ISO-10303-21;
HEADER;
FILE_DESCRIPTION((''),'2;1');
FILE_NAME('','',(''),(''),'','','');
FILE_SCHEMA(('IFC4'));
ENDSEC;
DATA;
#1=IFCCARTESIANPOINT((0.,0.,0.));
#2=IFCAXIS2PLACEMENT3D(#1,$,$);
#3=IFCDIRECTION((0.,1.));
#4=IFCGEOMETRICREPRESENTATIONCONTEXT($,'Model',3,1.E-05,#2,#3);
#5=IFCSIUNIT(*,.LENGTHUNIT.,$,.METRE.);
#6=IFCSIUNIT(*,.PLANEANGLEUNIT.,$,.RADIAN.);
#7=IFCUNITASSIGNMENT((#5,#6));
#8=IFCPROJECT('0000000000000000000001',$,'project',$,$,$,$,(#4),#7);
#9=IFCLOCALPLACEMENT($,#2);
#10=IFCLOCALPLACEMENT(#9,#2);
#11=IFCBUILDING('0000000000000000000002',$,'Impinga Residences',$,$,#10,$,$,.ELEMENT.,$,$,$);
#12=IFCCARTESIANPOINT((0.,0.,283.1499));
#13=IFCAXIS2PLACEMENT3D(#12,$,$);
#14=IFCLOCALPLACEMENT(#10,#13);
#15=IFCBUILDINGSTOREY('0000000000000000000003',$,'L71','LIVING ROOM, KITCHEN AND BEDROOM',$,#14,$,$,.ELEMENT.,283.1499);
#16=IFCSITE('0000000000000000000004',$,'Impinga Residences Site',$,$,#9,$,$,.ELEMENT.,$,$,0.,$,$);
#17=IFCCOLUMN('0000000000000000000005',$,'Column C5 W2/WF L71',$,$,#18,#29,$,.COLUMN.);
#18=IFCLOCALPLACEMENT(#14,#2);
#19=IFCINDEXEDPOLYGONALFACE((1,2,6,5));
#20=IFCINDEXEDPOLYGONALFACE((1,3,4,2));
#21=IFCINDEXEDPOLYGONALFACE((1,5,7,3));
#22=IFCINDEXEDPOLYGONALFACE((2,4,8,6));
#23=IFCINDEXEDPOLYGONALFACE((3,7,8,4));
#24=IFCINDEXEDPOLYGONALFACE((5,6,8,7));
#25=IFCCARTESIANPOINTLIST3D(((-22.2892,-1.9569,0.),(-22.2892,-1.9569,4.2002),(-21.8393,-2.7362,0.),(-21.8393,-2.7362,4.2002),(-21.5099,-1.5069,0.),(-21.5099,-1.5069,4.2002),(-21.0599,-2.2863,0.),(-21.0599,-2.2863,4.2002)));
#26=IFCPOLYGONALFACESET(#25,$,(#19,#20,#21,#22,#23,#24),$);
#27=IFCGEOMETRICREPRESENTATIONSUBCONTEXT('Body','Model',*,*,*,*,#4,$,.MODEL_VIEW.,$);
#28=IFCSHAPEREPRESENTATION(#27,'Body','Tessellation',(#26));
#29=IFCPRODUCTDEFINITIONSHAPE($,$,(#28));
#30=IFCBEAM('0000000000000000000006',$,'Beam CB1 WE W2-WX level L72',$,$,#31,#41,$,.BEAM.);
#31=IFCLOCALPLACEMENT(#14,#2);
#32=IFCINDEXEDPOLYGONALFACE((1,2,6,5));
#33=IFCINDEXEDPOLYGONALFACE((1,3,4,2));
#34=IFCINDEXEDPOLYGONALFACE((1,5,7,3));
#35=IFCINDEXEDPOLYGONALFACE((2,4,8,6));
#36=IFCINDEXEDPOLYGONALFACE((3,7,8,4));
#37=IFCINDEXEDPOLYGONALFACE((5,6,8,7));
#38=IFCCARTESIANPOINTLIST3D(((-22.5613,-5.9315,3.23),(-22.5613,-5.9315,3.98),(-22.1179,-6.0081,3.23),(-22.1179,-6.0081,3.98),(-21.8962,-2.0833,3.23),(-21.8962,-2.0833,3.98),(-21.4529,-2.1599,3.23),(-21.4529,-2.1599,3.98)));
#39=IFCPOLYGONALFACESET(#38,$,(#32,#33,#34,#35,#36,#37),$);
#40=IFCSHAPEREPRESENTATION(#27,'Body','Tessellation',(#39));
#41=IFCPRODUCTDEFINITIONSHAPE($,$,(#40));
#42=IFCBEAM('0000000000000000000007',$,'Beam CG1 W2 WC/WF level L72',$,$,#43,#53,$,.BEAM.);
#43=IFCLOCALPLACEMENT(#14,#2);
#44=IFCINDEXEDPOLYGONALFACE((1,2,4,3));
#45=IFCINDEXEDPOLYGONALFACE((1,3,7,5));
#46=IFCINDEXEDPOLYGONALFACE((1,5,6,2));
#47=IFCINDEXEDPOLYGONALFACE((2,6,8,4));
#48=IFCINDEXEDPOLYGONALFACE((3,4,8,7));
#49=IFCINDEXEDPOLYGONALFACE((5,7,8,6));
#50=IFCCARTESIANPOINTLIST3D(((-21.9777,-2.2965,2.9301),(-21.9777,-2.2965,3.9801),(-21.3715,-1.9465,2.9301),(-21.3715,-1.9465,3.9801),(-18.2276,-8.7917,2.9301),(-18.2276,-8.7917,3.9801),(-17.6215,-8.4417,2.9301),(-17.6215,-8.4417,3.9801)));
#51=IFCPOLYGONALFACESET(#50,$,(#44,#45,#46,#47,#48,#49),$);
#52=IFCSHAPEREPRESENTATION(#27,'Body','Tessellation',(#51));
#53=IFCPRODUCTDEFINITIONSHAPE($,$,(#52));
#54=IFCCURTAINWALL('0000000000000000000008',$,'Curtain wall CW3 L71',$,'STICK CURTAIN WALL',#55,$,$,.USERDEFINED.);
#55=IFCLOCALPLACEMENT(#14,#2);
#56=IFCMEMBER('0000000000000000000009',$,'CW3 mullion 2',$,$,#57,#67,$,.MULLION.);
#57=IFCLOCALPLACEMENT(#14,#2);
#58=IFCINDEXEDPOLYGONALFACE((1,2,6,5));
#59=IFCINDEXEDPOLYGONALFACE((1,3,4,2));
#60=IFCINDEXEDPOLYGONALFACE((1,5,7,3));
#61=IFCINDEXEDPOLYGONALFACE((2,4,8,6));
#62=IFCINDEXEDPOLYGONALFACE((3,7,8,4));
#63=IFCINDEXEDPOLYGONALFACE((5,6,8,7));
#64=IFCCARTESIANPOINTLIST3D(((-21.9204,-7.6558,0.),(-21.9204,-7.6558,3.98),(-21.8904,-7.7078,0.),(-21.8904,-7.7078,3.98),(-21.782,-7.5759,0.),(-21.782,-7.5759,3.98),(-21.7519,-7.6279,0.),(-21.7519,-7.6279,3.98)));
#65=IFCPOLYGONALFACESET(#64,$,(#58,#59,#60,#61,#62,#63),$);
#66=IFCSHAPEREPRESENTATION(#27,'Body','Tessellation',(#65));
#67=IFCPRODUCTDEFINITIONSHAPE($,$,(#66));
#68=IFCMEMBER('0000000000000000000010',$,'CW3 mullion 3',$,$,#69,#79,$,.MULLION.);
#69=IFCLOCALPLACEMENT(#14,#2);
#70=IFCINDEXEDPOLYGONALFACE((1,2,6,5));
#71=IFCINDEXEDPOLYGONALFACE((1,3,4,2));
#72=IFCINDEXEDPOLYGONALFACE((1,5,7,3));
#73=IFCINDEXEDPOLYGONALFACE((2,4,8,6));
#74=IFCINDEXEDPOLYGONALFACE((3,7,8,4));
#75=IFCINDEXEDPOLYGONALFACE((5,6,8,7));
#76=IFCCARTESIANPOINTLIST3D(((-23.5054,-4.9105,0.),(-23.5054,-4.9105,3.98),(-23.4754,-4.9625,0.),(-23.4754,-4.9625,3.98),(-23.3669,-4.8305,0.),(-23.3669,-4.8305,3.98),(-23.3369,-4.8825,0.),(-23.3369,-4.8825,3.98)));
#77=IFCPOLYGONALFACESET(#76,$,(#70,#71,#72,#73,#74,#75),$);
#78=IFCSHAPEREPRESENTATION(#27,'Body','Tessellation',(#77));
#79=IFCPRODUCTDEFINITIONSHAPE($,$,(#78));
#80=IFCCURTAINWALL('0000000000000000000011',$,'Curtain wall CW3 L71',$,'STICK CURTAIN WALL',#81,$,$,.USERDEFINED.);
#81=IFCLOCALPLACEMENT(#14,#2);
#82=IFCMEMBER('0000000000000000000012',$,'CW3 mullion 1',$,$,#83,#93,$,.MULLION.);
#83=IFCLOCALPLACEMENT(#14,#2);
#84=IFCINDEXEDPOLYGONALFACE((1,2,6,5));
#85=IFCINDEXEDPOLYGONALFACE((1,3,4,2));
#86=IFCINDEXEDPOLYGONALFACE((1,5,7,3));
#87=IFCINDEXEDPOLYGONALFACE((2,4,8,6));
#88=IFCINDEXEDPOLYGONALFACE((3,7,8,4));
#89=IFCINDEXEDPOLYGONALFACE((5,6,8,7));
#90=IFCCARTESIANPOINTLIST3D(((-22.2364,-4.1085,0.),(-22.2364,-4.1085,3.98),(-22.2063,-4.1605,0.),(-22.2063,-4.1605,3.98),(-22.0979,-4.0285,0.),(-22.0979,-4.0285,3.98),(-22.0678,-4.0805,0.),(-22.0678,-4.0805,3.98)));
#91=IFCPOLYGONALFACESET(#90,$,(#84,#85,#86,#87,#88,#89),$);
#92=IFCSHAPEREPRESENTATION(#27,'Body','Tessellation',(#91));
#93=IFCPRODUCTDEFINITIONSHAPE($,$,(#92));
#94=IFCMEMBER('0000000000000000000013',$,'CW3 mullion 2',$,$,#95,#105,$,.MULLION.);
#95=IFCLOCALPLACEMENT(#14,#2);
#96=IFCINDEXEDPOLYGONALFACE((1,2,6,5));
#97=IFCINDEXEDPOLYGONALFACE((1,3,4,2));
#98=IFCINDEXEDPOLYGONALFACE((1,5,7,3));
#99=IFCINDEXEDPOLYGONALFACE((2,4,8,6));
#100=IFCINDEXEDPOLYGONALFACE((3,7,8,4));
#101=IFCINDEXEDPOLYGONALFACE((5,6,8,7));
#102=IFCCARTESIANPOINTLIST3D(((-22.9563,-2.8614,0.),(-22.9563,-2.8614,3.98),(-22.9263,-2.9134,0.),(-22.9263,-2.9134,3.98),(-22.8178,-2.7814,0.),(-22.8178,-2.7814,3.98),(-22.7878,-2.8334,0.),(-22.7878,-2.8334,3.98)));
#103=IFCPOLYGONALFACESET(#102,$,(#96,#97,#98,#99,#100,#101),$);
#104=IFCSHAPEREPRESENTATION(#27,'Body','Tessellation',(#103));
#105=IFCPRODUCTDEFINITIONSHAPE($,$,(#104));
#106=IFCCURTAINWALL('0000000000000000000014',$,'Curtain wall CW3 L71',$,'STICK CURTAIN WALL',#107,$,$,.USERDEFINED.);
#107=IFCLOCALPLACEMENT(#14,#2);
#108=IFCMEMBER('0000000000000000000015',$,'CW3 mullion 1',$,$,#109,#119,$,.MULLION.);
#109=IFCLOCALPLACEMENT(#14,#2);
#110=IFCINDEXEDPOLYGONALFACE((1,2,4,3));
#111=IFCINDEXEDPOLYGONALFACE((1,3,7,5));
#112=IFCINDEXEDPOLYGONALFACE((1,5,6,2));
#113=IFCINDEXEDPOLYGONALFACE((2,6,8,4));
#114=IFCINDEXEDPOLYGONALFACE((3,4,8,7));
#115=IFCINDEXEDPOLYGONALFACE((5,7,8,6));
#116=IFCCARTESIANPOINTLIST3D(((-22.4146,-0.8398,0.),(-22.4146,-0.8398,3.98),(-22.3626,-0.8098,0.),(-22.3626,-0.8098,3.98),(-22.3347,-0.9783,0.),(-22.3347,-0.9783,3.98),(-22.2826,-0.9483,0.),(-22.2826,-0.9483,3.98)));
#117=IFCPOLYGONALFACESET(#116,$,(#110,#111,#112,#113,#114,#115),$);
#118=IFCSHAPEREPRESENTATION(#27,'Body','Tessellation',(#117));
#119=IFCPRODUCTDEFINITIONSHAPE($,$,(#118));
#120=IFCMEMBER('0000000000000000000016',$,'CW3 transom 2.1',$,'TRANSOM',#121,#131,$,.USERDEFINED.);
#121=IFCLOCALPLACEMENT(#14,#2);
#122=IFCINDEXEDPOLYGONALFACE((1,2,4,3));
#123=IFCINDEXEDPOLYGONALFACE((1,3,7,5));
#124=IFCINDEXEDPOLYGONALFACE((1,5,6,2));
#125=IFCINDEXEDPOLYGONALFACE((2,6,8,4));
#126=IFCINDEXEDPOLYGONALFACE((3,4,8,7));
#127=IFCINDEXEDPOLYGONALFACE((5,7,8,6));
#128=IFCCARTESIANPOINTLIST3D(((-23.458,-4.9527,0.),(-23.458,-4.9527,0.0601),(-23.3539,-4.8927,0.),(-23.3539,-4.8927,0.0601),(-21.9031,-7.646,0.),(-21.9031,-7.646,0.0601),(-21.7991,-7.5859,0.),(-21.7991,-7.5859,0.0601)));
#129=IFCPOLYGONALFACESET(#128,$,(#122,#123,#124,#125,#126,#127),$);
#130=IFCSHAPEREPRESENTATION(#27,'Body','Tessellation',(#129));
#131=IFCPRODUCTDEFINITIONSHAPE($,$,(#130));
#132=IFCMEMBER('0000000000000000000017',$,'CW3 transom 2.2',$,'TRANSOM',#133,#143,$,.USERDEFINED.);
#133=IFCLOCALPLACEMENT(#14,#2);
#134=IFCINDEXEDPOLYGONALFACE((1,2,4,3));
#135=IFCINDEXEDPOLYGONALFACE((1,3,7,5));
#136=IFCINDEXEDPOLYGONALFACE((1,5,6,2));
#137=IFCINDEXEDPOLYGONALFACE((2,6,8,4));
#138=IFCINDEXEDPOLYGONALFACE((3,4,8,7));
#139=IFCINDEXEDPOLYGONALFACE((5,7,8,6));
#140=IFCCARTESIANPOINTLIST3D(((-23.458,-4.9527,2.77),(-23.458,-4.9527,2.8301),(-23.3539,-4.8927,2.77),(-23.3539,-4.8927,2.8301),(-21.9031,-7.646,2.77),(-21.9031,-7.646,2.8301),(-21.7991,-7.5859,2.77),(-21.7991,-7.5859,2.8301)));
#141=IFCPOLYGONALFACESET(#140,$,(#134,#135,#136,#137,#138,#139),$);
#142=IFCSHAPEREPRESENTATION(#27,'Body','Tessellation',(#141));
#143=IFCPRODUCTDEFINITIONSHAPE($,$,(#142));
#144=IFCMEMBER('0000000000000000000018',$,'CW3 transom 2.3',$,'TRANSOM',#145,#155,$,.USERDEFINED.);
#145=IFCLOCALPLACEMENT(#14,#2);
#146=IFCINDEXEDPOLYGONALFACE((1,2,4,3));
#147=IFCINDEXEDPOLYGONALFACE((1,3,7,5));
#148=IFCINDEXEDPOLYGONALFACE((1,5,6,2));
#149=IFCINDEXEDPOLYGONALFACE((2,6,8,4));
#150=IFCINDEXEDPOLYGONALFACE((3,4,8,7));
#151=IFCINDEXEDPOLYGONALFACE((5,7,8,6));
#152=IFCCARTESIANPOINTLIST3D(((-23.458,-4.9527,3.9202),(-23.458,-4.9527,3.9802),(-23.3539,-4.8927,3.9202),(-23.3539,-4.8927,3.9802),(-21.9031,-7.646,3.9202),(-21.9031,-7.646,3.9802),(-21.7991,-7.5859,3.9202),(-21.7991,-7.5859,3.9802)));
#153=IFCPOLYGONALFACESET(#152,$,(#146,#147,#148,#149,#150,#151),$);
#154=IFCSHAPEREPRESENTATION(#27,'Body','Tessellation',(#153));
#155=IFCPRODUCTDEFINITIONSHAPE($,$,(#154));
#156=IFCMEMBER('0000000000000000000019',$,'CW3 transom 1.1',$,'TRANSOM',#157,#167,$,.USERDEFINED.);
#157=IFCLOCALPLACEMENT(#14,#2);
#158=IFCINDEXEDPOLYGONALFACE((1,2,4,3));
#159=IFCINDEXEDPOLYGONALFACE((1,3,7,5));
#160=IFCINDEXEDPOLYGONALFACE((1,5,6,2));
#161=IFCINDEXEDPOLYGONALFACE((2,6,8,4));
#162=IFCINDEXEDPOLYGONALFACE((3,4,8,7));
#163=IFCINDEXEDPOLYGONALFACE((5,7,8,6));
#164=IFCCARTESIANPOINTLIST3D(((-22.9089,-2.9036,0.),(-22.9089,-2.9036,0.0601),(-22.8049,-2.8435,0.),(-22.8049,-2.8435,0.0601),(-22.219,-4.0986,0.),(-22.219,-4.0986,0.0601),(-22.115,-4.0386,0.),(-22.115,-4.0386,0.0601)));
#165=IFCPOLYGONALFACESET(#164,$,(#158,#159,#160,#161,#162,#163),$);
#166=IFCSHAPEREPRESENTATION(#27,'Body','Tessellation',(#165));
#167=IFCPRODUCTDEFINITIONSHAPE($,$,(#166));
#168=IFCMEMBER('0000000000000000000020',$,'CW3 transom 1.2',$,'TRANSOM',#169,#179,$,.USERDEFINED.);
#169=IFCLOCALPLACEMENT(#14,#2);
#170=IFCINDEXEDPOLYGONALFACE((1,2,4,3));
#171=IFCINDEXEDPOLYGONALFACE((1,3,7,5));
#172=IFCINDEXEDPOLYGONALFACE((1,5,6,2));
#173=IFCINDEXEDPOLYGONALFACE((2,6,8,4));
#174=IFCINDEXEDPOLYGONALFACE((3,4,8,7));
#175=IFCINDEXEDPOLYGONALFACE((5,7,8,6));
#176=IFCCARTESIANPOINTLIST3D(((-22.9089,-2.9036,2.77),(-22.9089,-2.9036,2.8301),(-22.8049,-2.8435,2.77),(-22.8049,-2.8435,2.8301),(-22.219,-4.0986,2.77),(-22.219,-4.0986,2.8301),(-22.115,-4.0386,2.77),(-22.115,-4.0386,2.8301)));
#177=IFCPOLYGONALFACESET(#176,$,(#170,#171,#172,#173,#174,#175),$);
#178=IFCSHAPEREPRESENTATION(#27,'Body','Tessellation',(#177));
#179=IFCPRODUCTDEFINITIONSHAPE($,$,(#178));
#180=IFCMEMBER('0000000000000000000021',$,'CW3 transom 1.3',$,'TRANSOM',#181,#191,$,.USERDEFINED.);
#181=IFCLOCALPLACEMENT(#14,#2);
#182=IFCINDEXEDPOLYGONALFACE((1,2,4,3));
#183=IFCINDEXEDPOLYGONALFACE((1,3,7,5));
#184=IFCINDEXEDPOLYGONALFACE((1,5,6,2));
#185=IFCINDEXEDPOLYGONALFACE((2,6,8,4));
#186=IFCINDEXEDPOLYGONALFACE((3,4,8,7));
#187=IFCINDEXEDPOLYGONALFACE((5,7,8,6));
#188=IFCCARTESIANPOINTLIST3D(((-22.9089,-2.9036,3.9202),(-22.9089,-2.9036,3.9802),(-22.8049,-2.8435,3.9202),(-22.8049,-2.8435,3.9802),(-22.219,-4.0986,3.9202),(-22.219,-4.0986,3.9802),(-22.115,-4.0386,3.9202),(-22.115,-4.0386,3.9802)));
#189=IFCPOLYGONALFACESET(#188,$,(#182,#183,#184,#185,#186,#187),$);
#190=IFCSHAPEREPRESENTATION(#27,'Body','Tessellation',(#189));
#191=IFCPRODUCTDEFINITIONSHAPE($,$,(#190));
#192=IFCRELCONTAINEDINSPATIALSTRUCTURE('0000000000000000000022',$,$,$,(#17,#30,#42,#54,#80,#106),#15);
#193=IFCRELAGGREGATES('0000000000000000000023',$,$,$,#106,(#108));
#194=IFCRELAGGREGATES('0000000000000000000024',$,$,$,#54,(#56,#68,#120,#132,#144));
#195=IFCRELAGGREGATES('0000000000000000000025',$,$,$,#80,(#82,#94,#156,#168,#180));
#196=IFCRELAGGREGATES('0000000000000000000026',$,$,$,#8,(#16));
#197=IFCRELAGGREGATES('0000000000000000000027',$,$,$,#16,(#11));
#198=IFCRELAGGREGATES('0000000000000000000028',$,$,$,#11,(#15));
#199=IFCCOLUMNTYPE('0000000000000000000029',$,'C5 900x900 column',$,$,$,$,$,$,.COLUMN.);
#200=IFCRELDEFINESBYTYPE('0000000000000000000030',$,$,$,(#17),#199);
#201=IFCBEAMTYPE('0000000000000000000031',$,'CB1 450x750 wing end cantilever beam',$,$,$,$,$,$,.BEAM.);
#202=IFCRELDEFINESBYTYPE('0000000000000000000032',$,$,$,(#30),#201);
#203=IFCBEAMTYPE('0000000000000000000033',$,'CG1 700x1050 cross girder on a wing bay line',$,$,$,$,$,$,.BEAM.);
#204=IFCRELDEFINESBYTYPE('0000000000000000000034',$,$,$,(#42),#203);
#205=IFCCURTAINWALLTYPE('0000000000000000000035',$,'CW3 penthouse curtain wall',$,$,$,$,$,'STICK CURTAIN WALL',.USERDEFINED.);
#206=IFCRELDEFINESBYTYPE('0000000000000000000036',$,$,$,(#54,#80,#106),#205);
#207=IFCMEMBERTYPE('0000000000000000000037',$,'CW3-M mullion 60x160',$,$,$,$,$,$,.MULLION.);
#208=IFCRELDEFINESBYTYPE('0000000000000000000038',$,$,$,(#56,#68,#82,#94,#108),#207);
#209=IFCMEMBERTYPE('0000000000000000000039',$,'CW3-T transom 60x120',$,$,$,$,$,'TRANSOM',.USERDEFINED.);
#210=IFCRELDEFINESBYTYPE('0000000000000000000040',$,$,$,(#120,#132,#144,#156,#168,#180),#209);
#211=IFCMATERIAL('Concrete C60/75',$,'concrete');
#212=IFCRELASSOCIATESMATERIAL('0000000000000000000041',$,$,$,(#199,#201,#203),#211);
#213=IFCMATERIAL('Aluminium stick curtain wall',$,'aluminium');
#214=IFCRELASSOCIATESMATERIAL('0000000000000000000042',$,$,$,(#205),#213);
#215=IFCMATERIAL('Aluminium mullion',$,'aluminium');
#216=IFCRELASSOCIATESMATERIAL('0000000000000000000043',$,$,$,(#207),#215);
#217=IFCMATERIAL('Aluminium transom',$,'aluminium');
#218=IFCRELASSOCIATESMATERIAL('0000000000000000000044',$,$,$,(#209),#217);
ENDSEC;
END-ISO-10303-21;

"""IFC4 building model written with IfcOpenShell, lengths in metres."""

from ifc_helpers import new_model, si_unit, direction, frame, origin, origin_2d, place, context, subcontext, project, spatial, rectangle, extrude, material, material_profile, profile_set, type_object, element, aggregate, save


model = new_model("IFC4")

# Units and contexts
model_context = context("Model", 3, precision=1e-05, world=origin(), true_north=direction((0.0, 1.0)))
body_context = subcontext(model_context, "Body", "Model", "MODEL_VIEW")
ifc_project = project(units=[si_unit("LENGTHUNIT", "METRE"), si_unit("PLANEANGLEUNIT", "RADIAN")], contexts=[model_context])

# Site, building, storey
site_placement = place(None, origin())
site = spatial("IfcSite", under=ifc_project, at=site_placement, Name="Impinga Residences Site", CompositionType="ELEMENT", RefElevation=0.0)
building_placement = place(site_placement, origin())
building = spatial("IfcBuilding", under=site, at=building_placement, Name="Impinga Residences", CompositionType="ELEMENT")
storey_placement = place(building_placement, frame((0.0, 0.0, 283.1499)))
storey = spatial("IfcBuildingStorey", under=building, at=storey_placement, Name="L71", Description="LIVING ROOM, KITCHEN AND BEDROOM", CompositionType="ELEMENT", Elevation=283.1499)

# Column
ifc_material_1 = material(Name="Concrete C60/75", Category="concrete")
ifc_material_profile_1 = material_profile(ifc_material_1, rectangle(XDim=0.8999, YDim=0.8999, at=origin_2d()), Name="RC 900x900")
ifc_profile_set_1 = profile_set([ifc_material_profile_1], Name="Concrete C60/75")
column_type = type_object("IfcColumnType", Name="C5 900x900 column", PredefinedType="COLUMN", material=ifc_profile_set_1)
column_placement = place(storey_placement, frame((-21.6746, -2.1216, 0.0), z_axis=(0.0, 0.0, 1.0), x_axis=(-0.5, 0.866025, 0.0)))
element("IfcColumn", 1, at=column_placement, inside=storey, type_object=column_type, Name="Column C5 W2/WF L71", PredefinedType="COLUMN", context=body_context, shape_type="SweptSolid", body=[
    extrude(rectangle(XDim=0.8999, YDim=0.8999, at=origin_2d()), origin(), (0.0, 0.0, 1.0), 4.2002),
])

# Beams
ifc_material_profile_2 = material_profile(ifc_material_1, rectangle(XDim=0.45, YDim=0.75, at=origin_2d()), Name="RC 450x750")
ifc_profile_set_2 = profile_set([ifc_material_profile_2], Name="Concrete C60/75")
beam_type_1 = type_object("IfcBeamType", Name="CB1 450x750 wing end cantilever beam", PredefinedType="BEAM", material=ifc_profile_set_2)
beam_1_placement = place(storey_placement, frame((-21.6746, -2.1216, 3.605), z_axis=(-0.170296, -0.985393, 0.0), x_axis=(0.985393, -0.170296, 0.0)))
element("IfcBeam", 2, at=beam_1_placement, inside=storey, type_object=beam_type_1, Name="Beam CB1 WE W2-WX level L72", PredefinedType="BEAM", context=body_context, shape_type="SweptSolid", body=[
    extrude(rectangle(XDim=0.45, YDim=0.75, at=origin_2d()), origin(), (0.0, 0.0, 1.0), 3.9053),
])
ifc_material_profile_3 = material_profile(ifc_material_1, rectangle(XDim=0.7, YDim=1.05, at=origin_2d()), Name="RC 700x1050")
ifc_profile_set_3 = profile_set([ifc_material_profile_3], Name="Concrete C60/75")
beam_type_2 = type_object("IfcBeamType", Name="CG1 700x1050 cross girder on a wing bay line", PredefinedType="BEAM", material=ifc_profile_set_3)
beam_2_placement = place(storey_placement, frame((-17.9246, -8.6167, 3.4551), z_axis=(-0.500004, 0.866023, 0.0), x_axis=(-0.866023, -0.500004, 0.0)))
element("IfcBeam", 3, at=beam_2_placement, inside=storey, type_object=beam_type_2, Name="Beam CG1 W2 WC/WF level L72", PredefinedType="BEAM", context=body_context, shape_type="SweptSolid", body=[
    extrude(rectangle(XDim=0.7, YDim=1.05, at=origin_2d()), origin(), (0.0, 0.0, 1.0), 7.5),
])

# Curtain walls, members
ifc_material_2 = material(Name="Aluminium stick curtain wall", Category="aluminium")
curtain_wall_type = type_object("IfcCurtainWallType", Name="CW3 penthouse curtain wall", ElementType="STICK CURTAIN WALL", PredefinedType="USERDEFINED", material=ifc_material_2)
curtain_wall_1_placement = place(storey_placement, origin())
curtain_wall_1 = element("IfcCurtainWall", 4, at=curtain_wall_1_placement, inside=storey, type_object=curtain_wall_type, Name="Curtain wall CW3 L71", ObjectType="STICK CURTAIN WALL", PredefinedType="USERDEFINED")
ifc_material_3 = material(Name="Aluminium mullion", Category="aluminium")
ifc_material_profile_4 = material_profile(ifc_material_3, rectangle(XDim=0.0601, YDim=0.1599, at=origin_2d()), Name="60x160 mullion")
ifc_profile_set_4 = profile_set([ifc_material_profile_4], Name="Aluminium mullion")
member_type_1 = type_object("IfcMemberType", Name="CW3-M mullion 60x160", PredefinedType="MULLION", material=ifc_profile_set_4)
member_1_placement = place(storey_placement, frame((-21.8362, -7.6418, 0.0), z_axis=(0.0, 0.0, 1.0), x_axis=(-0.5, 0.866025, 0.0)))
member_1 = element("IfcMember", 5, at=member_1_placement, type_object=member_type_1, Name="CW3 mullion 2", PredefinedType="MULLION", context=body_context, shape_type="SweptSolid", body=[
    extrude(rectangle(XDim=0.0601, YDim=0.1599, at=origin_2d()), origin(), (0.0, 0.0, 1.0), 3.98),
])
member_2_placement = place(storey_placement, frame((-23.4211, -4.8965, 0.0), z_axis=(0.0, 0.0, 1.0), x_axis=(-0.5, 0.866025, 0.0)))
member_2 = element("IfcMember", 6, at=member_2_placement, type_object=member_type_1, Name="CW3 mullion 3", PredefinedType="MULLION", context=body_context, shape_type="SweptSolid", body=[
    extrude(rectangle(XDim=0.0601, YDim=0.1599, at=origin_2d()), origin(), (0.0, 0.0, 1.0), 3.98),
])
curtain_wall_2_placement = place(storey_placement, origin())
curtain_wall_2 = element("IfcCurtainWall", 7, at=curtain_wall_2_placement, inside=storey, type_object=curtain_wall_type, Name="Curtain wall CW3 L71", ObjectType="STICK CURTAIN WALL", PredefinedType="USERDEFINED")
member_3_placement = place(storey_placement, frame((-22.1521, -4.0945, 0.0), z_axis=(0.0, 0.0, 1.0), x_axis=(-0.5, 0.866025, 0.0)))
member_3 = element("IfcMember", 8, at=member_3_placement, type_object=member_type_1, Name="CW3 mullion 1", PredefinedType="MULLION", context=body_context, shape_type="SweptSolid", body=[
    extrude(rectangle(XDim=0.0601, YDim=0.1599, at=origin_2d()), origin(), (0.0, 0.0, 1.0), 3.98),
])
member_4_placement = place(storey_placement, frame((-22.8721, -2.8474, 0.0), z_axis=(0.0, 0.0, 1.0), x_axis=(-0.5, 0.866025, 0.0)))
member_4 = element("IfcMember", 9, at=member_4_placement, type_object=member_type_1, Name="CW3 mullion 2", PredefinedType="MULLION", context=body_context, shape_type="SweptSolid", body=[
    extrude(rectangle(XDim=0.0601, YDim=0.1599, at=origin_2d()), origin(), (0.0, 0.0, 1.0), 3.98),
])

# Curtain wall, member
curtain_wall_3_placement = place(storey_placement, origin())
curtain_wall_3 = element("IfcCurtainWall", 10, at=curtain_wall_3_placement, inside=storey, type_object=curtain_wall_type, Name="Curtain wall CW3 L71", ObjectType="STICK CURTAIN WALL", PredefinedType="USERDEFINED")
member_5_placement = place(storey_placement, frame((-22.3486, -0.894, 0.0), z_axis=(0.0, 0.0, 1.0), x_axis=(0.866025, 0.5, 0.0)))
member_5 = element("IfcMember", 11, at=member_5_placement, type_object=member_type_1, Name="CW3 mullion 1", PredefinedType="MULLION", context=body_context, shape_type="SweptSolid", body=[
    extrude(rectangle(XDim=0.0601, YDim=0.1599, at=origin_2d()), origin(), (0.0, 0.0, 1.0), 3.98),
])

# Members
ifc_material_4 = material(Name="Aluminium transom", Category="aluminium")
ifc_material_profile_5 = material_profile(ifc_material_4, rectangle(XDim=0.0601, YDim=0.1201, at=origin_2d()), Name="60x120 transom")
ifc_profile_set_5 = profile_set([ifc_material_profile_5], Name="Aluminium transom")
member_type_2 = type_object("IfcMemberType", Name="CW3-T transom 60x120", ElementType="TRANSOM", PredefinedType="USERDEFINED", material=ifc_profile_set_5)
member_6_placement = place(storey_placement, frame((-21.8511, -7.616, 0.03), z_axis=(-0.499981, 0.866037, 0.0), x_axis=(0.0, 0.0, 1.0)))
member_6 = element("IfcMember", 12, at=member_6_placement, type_object=member_type_2, Name="CW3 transom 2.1", ObjectType="TRANSOM", PredefinedType="USERDEFINED", context=body_context, shape_type="SweptSolid", body=[
    extrude(rectangle(XDim=0.0601, YDim=0.1201, at=origin_2d()), origin(), (0.0, 0.0, 1.0), 3.1099),
])
member_7_placement = place(storey_placement, frame((-21.8511, -7.616, 2.8), z_axis=(-0.499981, 0.866037, 0.0), x_axis=(0.0, 0.0, 1.0)))
member_7 = element("IfcMember", 13, at=member_7_placement, type_object=member_type_2, Name="CW3 transom 2.2", ObjectType="TRANSOM", PredefinedType="USERDEFINED", context=body_context, shape_type="SweptSolid", body=[
    extrude(rectangle(XDim=0.0601, YDim=0.1201, at=origin_2d()), origin(), (0.0, 0.0, 1.0), 3.1099),
])
member_8_placement = place(storey_placement, frame((-21.8511, -7.616, 3.9502), z_axis=(-0.499981, 0.866037, 0.0), x_axis=(0.0, 0.0, 1.0)))
member_8 = element("IfcMember", 14, at=member_8_placement, type_object=member_type_2, Name="CW3 transom 2.3", ObjectType="TRANSOM", PredefinedType="USERDEFINED", context=body_context, shape_type="SweptSolid", body=[
    extrude(rectangle(XDim=0.0601, YDim=0.1201, at=origin_2d()), origin(), (0.0, 0.0, 1.0), 3.1099),
])
member_9_placement = place(storey_placement, frame((-22.167, -4.0686, 0.03), z_axis=(-0.499983, 0.866035, 0.0), x_axis=(0.0, 0.0, 1.0)))
member_9 = element("IfcMember", 15, at=member_9_placement, type_object=member_type_2, Name="CW3 transom 1.1", ObjectType="TRANSOM", PredefinedType="USERDEFINED", context=body_context, shape_type="SweptSolid", body=[
    extrude(rectangle(XDim=0.0601, YDim=0.1201, at=origin_2d()), origin(), (0.0, 0.0, 1.0), 1.3799),
])
member_10_placement = place(storey_placement, frame((-22.167, -4.0686, 2.8), z_axis=(-0.499983, 0.866035, 0.0), x_axis=(0.0, 0.0, 1.0)))
member_10 = element("IfcMember", 16, at=member_10_placement, type_object=member_type_2, Name="CW3 transom 1.2", ObjectType="TRANSOM", PredefinedType="USERDEFINED", context=body_context, shape_type="SweptSolid", body=[
    extrude(rectangle(XDim=0.0601, YDim=0.1201, at=origin_2d()), origin(), (0.0, 0.0, 1.0), 1.3799),
])
member_11_placement = place(storey_placement, frame((-22.167, -4.0686, 3.9502), z_axis=(-0.499983, 0.866035, 0.0), x_axis=(0.0, 0.0, 1.0)))
member_11 = element("IfcMember", 17, at=member_11_placement, type_object=member_type_2, Name="CW3 transom 1.3", ObjectType="TRANSOM", PredefinedType="USERDEFINED", context=body_context, shape_type="SweptSolid", body=[
    extrude(rectangle(XDim=0.0601, YDim=0.1201, at=origin_2d()), origin(), (0.0, 0.0, 1.0), 1.3799),
])
aggregate(curtain_wall_3, [member_5])

aggregate(curtain_wall_1, [member_1, member_2, member_6, member_7, member_8])
aggregate(curtain_wall_2, [member_3, member_4, member_9, member_10, member_11])

save(model, "model.ifc")
